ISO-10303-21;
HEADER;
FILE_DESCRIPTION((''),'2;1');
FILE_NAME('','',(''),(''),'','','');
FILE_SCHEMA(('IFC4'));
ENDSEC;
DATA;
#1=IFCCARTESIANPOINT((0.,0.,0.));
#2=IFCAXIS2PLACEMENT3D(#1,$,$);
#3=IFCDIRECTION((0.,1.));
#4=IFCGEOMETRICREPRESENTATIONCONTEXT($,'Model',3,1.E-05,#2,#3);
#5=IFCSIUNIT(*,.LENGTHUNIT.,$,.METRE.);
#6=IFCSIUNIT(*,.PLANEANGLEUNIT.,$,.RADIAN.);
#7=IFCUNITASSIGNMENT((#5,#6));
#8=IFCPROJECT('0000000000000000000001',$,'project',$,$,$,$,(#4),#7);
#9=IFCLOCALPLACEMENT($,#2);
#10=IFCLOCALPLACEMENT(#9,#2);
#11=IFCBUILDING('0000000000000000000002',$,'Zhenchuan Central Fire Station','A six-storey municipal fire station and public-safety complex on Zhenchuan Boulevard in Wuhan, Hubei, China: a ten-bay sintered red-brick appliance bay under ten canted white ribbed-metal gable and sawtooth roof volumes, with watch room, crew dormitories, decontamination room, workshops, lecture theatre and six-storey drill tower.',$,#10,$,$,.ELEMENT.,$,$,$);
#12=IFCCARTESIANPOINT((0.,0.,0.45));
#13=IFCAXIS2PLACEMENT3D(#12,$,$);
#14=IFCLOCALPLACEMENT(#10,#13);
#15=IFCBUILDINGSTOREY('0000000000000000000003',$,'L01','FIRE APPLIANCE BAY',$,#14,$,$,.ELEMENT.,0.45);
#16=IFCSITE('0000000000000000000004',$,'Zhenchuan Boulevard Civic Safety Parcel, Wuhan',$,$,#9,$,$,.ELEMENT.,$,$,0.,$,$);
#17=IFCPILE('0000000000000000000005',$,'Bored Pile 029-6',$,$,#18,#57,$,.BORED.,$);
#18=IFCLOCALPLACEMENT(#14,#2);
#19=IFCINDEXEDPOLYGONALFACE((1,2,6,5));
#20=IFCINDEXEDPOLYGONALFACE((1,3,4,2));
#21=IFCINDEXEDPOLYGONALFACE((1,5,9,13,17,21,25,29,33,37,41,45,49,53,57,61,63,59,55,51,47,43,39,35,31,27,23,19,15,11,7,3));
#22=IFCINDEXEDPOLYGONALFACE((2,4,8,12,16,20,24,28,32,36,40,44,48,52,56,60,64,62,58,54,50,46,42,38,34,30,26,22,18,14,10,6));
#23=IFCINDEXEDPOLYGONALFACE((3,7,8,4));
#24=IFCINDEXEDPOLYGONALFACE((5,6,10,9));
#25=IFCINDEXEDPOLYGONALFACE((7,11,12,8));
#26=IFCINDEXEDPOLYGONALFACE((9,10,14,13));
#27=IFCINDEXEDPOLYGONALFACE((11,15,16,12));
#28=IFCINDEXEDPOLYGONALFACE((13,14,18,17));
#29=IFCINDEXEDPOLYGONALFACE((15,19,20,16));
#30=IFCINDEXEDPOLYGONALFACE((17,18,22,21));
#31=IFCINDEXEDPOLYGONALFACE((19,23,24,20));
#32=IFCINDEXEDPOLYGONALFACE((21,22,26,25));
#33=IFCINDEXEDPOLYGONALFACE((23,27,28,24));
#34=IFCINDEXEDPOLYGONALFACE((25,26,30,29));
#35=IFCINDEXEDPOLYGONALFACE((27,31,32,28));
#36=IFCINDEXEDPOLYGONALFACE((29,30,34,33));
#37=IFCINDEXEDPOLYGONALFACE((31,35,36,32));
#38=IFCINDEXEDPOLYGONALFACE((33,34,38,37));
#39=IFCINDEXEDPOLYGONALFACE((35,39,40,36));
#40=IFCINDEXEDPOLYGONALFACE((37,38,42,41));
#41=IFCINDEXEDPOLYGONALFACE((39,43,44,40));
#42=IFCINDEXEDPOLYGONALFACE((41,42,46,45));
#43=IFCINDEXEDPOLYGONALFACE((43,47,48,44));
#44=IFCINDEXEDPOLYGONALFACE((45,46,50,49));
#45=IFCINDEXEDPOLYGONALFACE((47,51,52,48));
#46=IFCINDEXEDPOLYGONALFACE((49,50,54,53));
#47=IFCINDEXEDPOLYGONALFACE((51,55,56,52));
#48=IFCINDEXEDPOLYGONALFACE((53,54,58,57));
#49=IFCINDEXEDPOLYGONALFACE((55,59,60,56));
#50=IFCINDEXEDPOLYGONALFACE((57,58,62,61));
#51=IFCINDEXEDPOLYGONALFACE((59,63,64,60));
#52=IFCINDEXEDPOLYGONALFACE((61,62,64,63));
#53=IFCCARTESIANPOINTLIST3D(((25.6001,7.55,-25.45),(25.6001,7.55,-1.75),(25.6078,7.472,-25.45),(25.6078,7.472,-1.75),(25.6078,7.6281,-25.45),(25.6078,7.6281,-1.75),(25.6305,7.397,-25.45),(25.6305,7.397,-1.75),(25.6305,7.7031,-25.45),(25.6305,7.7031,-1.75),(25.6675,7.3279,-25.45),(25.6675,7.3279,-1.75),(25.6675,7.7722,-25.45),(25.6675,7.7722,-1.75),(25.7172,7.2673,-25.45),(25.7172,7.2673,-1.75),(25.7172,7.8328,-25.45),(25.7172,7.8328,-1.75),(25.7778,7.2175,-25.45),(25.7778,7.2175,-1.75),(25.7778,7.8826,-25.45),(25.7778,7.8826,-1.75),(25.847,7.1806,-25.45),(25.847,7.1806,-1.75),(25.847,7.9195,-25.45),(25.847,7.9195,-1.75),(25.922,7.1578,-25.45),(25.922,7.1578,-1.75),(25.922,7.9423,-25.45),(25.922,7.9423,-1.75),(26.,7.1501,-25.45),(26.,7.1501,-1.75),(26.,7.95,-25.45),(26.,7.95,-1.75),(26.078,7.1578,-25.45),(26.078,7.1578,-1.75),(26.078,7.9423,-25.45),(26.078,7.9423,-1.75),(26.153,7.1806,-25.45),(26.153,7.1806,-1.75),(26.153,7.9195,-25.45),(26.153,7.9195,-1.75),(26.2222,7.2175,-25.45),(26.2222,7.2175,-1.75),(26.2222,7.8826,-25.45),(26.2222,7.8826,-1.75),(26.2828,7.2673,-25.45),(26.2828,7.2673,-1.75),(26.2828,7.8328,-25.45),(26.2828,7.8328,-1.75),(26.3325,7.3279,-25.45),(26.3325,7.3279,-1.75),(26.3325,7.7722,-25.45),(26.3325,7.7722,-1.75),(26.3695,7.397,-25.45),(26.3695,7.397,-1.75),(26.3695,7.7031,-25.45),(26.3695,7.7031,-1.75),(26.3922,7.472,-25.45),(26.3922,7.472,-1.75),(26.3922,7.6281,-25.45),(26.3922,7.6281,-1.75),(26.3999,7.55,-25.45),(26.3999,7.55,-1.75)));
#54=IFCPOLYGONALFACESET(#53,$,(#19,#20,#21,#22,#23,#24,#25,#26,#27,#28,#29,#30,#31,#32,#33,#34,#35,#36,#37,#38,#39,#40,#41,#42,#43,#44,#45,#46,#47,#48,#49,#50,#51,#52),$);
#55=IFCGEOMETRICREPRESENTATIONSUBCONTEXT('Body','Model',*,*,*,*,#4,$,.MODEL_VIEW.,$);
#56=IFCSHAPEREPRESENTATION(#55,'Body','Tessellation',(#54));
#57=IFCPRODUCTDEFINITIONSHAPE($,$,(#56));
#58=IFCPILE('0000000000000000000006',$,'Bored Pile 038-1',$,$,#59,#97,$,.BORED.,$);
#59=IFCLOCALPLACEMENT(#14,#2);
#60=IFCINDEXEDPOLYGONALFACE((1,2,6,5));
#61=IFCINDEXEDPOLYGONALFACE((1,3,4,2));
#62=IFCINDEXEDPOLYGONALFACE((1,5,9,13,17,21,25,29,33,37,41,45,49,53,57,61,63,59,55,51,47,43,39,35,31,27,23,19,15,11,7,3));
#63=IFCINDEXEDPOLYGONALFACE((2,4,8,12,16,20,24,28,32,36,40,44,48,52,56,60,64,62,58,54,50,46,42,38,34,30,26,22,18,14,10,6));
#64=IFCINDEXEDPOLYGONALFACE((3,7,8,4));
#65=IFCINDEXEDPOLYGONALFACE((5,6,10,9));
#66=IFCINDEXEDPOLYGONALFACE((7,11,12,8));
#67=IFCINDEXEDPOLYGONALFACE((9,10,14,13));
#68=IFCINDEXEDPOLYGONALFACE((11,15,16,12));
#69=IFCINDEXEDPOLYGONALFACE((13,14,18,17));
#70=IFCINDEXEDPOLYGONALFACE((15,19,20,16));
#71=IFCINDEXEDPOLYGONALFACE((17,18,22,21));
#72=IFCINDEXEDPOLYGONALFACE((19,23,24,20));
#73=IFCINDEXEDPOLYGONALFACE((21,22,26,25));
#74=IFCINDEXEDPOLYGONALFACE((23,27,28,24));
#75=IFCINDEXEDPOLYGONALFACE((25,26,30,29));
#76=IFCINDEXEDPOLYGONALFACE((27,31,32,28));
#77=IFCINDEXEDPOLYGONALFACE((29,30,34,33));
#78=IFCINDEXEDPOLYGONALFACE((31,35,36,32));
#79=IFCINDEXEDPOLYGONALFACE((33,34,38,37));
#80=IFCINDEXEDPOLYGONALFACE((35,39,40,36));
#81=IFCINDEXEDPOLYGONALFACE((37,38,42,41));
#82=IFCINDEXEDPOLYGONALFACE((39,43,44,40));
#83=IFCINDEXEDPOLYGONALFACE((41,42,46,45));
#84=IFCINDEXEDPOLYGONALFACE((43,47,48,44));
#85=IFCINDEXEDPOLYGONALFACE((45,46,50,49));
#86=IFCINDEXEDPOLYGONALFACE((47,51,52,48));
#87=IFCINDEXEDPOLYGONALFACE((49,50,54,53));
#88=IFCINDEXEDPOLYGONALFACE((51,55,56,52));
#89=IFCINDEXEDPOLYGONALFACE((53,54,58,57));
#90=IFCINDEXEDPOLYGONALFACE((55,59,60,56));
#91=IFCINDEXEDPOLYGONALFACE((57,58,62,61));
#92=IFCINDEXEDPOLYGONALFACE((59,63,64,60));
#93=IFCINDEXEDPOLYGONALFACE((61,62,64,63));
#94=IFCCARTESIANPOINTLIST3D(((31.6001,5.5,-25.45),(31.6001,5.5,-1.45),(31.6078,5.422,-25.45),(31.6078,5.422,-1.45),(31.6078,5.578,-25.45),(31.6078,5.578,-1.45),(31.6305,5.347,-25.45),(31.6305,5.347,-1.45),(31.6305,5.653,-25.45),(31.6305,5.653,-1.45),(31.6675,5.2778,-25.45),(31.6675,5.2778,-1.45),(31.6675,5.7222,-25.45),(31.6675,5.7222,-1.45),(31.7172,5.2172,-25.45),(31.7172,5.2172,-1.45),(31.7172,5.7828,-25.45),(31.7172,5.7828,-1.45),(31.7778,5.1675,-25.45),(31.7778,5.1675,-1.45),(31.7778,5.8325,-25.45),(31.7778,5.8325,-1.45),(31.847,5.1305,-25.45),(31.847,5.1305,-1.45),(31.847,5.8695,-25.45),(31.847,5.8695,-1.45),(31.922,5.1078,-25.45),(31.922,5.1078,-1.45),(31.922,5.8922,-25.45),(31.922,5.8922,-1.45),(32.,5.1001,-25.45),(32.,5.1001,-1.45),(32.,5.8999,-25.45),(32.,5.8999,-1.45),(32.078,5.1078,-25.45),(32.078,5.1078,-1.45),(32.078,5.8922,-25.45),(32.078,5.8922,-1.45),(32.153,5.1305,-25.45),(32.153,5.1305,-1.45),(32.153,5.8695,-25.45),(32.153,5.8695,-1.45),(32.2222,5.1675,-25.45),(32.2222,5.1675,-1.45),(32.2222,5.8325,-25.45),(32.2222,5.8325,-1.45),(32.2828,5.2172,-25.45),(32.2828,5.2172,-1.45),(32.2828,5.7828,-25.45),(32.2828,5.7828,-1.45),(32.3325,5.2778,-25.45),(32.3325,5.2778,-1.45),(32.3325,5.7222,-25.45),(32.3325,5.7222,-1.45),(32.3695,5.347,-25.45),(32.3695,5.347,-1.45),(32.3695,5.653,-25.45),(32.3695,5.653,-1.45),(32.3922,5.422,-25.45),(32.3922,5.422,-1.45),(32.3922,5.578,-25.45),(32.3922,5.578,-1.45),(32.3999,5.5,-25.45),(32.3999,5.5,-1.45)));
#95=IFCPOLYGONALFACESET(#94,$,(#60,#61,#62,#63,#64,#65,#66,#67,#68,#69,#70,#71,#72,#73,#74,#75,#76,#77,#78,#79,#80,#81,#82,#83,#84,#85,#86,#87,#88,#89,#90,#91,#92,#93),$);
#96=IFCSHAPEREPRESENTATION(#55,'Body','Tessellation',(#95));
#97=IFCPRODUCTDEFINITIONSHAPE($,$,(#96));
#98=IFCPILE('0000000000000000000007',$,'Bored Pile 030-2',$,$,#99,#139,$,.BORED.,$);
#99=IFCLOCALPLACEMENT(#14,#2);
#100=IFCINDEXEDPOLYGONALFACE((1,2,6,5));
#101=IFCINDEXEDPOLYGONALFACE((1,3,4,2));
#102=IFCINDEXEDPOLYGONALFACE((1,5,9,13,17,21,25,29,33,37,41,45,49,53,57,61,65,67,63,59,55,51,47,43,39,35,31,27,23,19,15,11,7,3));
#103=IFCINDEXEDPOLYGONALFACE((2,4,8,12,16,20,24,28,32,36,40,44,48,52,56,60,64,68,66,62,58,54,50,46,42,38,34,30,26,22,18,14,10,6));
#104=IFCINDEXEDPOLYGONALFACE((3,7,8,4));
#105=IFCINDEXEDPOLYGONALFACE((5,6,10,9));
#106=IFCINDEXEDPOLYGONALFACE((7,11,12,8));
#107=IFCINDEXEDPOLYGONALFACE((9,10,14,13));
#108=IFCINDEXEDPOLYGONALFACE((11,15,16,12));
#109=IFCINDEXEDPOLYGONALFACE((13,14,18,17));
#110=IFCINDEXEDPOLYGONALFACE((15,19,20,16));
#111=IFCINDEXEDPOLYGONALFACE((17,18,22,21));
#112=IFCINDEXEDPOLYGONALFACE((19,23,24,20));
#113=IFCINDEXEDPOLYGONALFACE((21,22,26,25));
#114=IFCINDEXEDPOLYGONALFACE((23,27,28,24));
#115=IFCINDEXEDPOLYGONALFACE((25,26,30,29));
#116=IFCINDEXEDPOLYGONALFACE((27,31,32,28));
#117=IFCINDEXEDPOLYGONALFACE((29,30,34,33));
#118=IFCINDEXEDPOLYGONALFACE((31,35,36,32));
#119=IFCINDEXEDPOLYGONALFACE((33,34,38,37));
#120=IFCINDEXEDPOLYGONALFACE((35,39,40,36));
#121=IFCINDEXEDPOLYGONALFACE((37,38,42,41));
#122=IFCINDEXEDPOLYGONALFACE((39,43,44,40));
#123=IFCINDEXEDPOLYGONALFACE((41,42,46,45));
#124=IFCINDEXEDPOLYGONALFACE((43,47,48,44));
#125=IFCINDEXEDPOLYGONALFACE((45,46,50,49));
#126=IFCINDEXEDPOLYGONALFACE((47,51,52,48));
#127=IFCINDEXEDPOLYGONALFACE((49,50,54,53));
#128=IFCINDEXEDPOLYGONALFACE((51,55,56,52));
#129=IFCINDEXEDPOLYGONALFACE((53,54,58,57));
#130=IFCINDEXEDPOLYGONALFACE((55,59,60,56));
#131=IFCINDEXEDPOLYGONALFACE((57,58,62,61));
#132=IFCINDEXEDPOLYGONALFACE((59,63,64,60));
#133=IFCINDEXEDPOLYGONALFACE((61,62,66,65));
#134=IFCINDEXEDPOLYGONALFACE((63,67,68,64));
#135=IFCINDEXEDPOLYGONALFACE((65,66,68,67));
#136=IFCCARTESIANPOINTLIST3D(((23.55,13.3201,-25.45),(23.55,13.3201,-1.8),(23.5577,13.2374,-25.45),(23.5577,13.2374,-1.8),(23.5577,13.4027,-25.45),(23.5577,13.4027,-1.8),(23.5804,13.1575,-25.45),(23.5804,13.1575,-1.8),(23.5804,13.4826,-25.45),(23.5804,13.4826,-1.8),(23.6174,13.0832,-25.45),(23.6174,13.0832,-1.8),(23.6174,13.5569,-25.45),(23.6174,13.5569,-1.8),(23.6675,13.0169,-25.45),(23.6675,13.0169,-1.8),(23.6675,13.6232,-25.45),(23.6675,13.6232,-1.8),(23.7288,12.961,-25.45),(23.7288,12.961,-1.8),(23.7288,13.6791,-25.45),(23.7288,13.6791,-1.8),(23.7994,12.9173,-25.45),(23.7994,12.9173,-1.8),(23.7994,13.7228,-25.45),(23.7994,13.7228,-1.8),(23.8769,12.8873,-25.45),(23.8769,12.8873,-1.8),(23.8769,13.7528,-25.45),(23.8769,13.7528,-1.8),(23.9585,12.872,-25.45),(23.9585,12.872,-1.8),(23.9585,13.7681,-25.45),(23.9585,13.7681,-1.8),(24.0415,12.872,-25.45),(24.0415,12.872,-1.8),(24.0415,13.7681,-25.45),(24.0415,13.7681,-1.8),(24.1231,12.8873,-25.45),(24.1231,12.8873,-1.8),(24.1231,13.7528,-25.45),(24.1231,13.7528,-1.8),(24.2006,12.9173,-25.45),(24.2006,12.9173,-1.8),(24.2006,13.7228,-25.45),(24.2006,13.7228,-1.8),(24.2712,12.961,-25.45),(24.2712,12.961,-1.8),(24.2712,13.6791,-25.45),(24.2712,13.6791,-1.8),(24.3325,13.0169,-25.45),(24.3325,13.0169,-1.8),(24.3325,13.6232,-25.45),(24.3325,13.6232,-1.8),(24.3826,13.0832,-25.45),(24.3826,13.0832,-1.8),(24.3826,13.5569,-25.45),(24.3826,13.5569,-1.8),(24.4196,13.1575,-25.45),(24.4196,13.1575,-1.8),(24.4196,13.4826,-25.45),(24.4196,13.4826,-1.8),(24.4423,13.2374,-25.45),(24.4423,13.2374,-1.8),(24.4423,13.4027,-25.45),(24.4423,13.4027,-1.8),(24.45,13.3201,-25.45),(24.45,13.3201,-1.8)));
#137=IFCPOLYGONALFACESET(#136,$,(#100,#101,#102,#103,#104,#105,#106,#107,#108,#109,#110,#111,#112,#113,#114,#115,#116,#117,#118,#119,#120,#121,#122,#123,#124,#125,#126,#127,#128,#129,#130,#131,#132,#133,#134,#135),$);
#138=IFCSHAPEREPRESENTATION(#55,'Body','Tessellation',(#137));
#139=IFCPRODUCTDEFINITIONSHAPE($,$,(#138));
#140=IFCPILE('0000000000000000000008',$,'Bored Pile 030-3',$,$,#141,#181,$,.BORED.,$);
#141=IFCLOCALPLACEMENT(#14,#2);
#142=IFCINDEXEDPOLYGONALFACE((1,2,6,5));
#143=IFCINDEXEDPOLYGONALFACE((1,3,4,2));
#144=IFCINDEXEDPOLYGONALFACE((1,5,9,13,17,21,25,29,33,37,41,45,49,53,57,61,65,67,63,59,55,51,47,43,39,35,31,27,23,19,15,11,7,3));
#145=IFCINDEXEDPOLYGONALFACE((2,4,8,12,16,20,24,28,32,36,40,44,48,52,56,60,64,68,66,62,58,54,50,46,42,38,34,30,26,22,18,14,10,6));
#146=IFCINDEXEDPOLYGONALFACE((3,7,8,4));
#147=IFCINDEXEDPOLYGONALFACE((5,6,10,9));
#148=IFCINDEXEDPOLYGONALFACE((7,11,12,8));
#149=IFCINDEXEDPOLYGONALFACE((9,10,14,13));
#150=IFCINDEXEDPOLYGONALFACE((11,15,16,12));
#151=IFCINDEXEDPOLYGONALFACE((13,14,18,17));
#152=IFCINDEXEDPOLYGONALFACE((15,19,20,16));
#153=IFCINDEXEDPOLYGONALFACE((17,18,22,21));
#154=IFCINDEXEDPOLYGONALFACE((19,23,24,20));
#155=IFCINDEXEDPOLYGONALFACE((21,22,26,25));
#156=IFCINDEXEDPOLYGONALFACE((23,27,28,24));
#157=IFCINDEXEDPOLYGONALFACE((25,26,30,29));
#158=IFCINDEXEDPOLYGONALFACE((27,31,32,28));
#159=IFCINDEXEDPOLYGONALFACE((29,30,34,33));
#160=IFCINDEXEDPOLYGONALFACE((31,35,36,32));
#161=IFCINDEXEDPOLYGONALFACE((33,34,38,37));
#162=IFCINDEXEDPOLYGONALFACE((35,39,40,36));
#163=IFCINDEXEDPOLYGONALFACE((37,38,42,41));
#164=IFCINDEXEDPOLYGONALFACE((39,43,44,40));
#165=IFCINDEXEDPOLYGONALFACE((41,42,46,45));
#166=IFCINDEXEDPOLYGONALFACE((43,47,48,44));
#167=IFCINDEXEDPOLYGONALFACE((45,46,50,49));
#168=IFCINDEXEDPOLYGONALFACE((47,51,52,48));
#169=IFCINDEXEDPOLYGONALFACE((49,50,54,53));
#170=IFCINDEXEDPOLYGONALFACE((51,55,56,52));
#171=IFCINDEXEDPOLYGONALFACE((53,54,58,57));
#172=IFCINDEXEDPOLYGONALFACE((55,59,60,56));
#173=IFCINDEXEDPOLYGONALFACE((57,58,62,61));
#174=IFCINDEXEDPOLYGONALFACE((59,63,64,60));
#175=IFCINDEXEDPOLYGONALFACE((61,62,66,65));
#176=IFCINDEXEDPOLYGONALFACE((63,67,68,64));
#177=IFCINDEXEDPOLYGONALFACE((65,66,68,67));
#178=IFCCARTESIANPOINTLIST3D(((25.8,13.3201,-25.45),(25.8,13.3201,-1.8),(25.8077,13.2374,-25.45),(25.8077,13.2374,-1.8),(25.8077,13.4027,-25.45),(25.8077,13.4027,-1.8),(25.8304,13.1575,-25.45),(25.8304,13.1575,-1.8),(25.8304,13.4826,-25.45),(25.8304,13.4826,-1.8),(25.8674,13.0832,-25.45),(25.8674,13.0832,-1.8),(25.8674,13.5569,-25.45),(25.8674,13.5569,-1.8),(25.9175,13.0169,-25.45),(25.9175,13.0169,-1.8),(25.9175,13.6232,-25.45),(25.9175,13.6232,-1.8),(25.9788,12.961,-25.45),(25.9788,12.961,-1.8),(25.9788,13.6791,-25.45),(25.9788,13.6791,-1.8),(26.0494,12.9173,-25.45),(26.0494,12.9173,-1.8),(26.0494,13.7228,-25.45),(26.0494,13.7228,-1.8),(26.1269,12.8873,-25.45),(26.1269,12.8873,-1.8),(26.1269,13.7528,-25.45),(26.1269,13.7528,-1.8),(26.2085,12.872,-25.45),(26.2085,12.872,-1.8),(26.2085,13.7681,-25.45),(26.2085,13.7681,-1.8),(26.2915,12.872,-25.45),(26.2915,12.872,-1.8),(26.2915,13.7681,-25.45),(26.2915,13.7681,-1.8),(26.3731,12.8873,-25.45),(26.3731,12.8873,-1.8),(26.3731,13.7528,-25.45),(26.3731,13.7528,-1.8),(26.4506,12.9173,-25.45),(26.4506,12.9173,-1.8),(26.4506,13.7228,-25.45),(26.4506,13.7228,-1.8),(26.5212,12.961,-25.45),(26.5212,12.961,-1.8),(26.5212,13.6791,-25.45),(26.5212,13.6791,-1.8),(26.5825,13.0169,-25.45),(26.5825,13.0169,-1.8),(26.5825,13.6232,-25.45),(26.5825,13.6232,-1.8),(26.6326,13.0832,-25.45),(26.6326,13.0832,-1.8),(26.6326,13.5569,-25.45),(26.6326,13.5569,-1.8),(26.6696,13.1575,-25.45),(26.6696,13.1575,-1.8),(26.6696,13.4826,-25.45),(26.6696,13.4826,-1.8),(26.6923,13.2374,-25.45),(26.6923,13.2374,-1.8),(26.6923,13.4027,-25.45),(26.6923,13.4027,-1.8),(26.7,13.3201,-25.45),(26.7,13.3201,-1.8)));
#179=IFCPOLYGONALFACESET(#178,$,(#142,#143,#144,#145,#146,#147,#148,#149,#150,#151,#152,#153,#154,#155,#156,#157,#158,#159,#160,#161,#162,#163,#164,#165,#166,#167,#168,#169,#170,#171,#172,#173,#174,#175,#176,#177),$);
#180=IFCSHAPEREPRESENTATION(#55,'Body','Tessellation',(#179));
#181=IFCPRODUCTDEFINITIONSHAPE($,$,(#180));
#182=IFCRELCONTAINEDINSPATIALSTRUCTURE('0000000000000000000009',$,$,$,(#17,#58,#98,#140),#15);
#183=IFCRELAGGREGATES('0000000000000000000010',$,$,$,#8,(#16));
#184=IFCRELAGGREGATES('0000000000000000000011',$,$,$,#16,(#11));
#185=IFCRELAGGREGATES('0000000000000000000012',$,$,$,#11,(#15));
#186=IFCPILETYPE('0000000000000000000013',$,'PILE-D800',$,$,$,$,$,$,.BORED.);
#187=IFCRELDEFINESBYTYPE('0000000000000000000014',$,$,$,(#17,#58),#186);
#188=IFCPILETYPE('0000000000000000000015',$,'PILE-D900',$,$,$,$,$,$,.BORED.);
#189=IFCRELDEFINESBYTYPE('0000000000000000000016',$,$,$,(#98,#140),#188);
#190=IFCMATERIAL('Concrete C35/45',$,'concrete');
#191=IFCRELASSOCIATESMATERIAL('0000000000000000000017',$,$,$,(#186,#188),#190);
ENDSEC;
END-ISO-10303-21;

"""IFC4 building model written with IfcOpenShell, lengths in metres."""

from ifc_helpers import new_model, si_unit, direction, frame, origin, origin_2d, place, context, subcontext, project, spatial, circle, extrude, material, material_profile, profile_set, type_object, element, save


model = new_model("IFC4")

# Units and contexts
model_context = context("Model", 3, precision=1e-05, world=origin(), true_north=direction((0.0, 1.0)))
body_context = subcontext(model_context, "Body", "Model", "MODEL_VIEW")
ifc_project = project(units=[si_unit("LENGTHUNIT", "METRE"), si_unit("PLANEANGLEUNIT", "RADIAN")], contexts=[model_context])

# Site, building, storey
site_placement = place(None, origin())
site = spatial("IfcSite", under=ifc_project, at=site_placement, Name="Zhenchuan Boulevard Civic Safety Parcel, Wuhan", CompositionType="ELEMENT", RefElevation=0.0)
building_placement = place(site_placement, origin())
building = spatial("IfcBuilding", under=site, at=building_placement, Name="Zhenchuan Central Fire Station", Description="A six-storey municipal fire station and public-safety complex on Zhenchuan Boulevard in Wuhan, Hubei, China: a ten-bay sintered red-brick appliance bay under ten canted white ribbed-metal gable and sawtooth roof volumes, with watch room, crew dormitories, decontamination room, workshops, lecture theatre and six-storey drill tower.", CompositionType="ELEMENT")
storey_placement = place(building_placement, frame((0.0, 0.0, 0.45)))
storey = spatial("IfcBuildingStorey", under=building, at=storey_placement, Name="L01", Description="FIRE APPLIANCE BAY", CompositionType="ELEMENT", Elevation=0.45)

# Piles
ifc_material_1 = material(Name="Concrete C35/45", Category="concrete")
ifc_material_profile_1 = material_profile(ifc_material_1, circle(Radius=0.3999, at=origin_2d()), Name="PILE D800")
ifc_profile_set_1 = profile_set([ifc_material_profile_1], Name="Concrete C35/45")
pile_type_1 = type_object("IfcPileType", Name="PILE-D800", PredefinedType="BORED", material=ifc_profile_set_1)
for number, where, z_axis, x_axis, name in (
    (1, (26.0, 7.55, -1.75), (0.0, 0.0, -1.0), (1.0, 0.0, 0.0), "Bored Pile 029-6"),
):
    element("IfcPile", number, at=place(storey_placement, frame(where, z_axis=z_axis, x_axis=x_axis)), inside=storey, type_object=pile_type_1, Name=name, PredefinedType="BORED", context=body_context, shape_type="SweptSolid", body=[
        extrude(circle(Radius=0.3999, at=origin_2d()), origin(), (0.0, 0.0, 1.0), 23.7),
    ])
pile_1_placement = place(storey_placement, frame((32.0, 5.5, -1.45), z_axis=(0.0, 0.0, -1.0), x_axis=(1.0, 0.0, 0.0)))
element("IfcPile", 2, at=pile_1_placement, inside=storey, type_object=pile_type_1, Name="Bored Pile 038-1", PredefinedType="BORED", context=body_context, shape_type="SweptSolid", body=[
    extrude(circle(Radius=0.3999, at=origin_2d()), origin(), (0.0, 0.0, 1.0), 24.0),
])
ifc_material_profile_2 = material_profile(ifc_material_1, circle(Radius=0.45, at=origin_2d()), Name="PILE D900")
ifc_profile_set_2 = profile_set([ifc_material_profile_2], Name="Concrete C35/45")
pile_type_2 = type_object("IfcPileType", Name="PILE-D900", PredefinedType="BORED", material=ifc_profile_set_2)
for number, where, z_axis, x_axis, name in (
    (3, (24.0, 13.3201, -1.8), (0.0, 0.0, -1.0), (1.0, 0.0, 0.0), "Bored Pile 030-2"),
    (4, (26.25, 13.3201, -1.8), (0.0, 0.0, -1.0), (1.0, 0.0, 0.0), "Bored Pile 030-3"),
):
    element("IfcPile", number, at=place(storey_placement, frame(where, z_axis=z_axis, x_axis=x_axis)), inside=storey, type_object=pile_type_2, Name=name, PredefinedType="BORED", context=body_context, shape_type="SweptSolid", body=[
        extrude(circle(Radius=0.45, at=origin_2d()), origin(), (0.0, 0.0, 1.0), 23.6499),
    ])

save(model, "model.ifc")
